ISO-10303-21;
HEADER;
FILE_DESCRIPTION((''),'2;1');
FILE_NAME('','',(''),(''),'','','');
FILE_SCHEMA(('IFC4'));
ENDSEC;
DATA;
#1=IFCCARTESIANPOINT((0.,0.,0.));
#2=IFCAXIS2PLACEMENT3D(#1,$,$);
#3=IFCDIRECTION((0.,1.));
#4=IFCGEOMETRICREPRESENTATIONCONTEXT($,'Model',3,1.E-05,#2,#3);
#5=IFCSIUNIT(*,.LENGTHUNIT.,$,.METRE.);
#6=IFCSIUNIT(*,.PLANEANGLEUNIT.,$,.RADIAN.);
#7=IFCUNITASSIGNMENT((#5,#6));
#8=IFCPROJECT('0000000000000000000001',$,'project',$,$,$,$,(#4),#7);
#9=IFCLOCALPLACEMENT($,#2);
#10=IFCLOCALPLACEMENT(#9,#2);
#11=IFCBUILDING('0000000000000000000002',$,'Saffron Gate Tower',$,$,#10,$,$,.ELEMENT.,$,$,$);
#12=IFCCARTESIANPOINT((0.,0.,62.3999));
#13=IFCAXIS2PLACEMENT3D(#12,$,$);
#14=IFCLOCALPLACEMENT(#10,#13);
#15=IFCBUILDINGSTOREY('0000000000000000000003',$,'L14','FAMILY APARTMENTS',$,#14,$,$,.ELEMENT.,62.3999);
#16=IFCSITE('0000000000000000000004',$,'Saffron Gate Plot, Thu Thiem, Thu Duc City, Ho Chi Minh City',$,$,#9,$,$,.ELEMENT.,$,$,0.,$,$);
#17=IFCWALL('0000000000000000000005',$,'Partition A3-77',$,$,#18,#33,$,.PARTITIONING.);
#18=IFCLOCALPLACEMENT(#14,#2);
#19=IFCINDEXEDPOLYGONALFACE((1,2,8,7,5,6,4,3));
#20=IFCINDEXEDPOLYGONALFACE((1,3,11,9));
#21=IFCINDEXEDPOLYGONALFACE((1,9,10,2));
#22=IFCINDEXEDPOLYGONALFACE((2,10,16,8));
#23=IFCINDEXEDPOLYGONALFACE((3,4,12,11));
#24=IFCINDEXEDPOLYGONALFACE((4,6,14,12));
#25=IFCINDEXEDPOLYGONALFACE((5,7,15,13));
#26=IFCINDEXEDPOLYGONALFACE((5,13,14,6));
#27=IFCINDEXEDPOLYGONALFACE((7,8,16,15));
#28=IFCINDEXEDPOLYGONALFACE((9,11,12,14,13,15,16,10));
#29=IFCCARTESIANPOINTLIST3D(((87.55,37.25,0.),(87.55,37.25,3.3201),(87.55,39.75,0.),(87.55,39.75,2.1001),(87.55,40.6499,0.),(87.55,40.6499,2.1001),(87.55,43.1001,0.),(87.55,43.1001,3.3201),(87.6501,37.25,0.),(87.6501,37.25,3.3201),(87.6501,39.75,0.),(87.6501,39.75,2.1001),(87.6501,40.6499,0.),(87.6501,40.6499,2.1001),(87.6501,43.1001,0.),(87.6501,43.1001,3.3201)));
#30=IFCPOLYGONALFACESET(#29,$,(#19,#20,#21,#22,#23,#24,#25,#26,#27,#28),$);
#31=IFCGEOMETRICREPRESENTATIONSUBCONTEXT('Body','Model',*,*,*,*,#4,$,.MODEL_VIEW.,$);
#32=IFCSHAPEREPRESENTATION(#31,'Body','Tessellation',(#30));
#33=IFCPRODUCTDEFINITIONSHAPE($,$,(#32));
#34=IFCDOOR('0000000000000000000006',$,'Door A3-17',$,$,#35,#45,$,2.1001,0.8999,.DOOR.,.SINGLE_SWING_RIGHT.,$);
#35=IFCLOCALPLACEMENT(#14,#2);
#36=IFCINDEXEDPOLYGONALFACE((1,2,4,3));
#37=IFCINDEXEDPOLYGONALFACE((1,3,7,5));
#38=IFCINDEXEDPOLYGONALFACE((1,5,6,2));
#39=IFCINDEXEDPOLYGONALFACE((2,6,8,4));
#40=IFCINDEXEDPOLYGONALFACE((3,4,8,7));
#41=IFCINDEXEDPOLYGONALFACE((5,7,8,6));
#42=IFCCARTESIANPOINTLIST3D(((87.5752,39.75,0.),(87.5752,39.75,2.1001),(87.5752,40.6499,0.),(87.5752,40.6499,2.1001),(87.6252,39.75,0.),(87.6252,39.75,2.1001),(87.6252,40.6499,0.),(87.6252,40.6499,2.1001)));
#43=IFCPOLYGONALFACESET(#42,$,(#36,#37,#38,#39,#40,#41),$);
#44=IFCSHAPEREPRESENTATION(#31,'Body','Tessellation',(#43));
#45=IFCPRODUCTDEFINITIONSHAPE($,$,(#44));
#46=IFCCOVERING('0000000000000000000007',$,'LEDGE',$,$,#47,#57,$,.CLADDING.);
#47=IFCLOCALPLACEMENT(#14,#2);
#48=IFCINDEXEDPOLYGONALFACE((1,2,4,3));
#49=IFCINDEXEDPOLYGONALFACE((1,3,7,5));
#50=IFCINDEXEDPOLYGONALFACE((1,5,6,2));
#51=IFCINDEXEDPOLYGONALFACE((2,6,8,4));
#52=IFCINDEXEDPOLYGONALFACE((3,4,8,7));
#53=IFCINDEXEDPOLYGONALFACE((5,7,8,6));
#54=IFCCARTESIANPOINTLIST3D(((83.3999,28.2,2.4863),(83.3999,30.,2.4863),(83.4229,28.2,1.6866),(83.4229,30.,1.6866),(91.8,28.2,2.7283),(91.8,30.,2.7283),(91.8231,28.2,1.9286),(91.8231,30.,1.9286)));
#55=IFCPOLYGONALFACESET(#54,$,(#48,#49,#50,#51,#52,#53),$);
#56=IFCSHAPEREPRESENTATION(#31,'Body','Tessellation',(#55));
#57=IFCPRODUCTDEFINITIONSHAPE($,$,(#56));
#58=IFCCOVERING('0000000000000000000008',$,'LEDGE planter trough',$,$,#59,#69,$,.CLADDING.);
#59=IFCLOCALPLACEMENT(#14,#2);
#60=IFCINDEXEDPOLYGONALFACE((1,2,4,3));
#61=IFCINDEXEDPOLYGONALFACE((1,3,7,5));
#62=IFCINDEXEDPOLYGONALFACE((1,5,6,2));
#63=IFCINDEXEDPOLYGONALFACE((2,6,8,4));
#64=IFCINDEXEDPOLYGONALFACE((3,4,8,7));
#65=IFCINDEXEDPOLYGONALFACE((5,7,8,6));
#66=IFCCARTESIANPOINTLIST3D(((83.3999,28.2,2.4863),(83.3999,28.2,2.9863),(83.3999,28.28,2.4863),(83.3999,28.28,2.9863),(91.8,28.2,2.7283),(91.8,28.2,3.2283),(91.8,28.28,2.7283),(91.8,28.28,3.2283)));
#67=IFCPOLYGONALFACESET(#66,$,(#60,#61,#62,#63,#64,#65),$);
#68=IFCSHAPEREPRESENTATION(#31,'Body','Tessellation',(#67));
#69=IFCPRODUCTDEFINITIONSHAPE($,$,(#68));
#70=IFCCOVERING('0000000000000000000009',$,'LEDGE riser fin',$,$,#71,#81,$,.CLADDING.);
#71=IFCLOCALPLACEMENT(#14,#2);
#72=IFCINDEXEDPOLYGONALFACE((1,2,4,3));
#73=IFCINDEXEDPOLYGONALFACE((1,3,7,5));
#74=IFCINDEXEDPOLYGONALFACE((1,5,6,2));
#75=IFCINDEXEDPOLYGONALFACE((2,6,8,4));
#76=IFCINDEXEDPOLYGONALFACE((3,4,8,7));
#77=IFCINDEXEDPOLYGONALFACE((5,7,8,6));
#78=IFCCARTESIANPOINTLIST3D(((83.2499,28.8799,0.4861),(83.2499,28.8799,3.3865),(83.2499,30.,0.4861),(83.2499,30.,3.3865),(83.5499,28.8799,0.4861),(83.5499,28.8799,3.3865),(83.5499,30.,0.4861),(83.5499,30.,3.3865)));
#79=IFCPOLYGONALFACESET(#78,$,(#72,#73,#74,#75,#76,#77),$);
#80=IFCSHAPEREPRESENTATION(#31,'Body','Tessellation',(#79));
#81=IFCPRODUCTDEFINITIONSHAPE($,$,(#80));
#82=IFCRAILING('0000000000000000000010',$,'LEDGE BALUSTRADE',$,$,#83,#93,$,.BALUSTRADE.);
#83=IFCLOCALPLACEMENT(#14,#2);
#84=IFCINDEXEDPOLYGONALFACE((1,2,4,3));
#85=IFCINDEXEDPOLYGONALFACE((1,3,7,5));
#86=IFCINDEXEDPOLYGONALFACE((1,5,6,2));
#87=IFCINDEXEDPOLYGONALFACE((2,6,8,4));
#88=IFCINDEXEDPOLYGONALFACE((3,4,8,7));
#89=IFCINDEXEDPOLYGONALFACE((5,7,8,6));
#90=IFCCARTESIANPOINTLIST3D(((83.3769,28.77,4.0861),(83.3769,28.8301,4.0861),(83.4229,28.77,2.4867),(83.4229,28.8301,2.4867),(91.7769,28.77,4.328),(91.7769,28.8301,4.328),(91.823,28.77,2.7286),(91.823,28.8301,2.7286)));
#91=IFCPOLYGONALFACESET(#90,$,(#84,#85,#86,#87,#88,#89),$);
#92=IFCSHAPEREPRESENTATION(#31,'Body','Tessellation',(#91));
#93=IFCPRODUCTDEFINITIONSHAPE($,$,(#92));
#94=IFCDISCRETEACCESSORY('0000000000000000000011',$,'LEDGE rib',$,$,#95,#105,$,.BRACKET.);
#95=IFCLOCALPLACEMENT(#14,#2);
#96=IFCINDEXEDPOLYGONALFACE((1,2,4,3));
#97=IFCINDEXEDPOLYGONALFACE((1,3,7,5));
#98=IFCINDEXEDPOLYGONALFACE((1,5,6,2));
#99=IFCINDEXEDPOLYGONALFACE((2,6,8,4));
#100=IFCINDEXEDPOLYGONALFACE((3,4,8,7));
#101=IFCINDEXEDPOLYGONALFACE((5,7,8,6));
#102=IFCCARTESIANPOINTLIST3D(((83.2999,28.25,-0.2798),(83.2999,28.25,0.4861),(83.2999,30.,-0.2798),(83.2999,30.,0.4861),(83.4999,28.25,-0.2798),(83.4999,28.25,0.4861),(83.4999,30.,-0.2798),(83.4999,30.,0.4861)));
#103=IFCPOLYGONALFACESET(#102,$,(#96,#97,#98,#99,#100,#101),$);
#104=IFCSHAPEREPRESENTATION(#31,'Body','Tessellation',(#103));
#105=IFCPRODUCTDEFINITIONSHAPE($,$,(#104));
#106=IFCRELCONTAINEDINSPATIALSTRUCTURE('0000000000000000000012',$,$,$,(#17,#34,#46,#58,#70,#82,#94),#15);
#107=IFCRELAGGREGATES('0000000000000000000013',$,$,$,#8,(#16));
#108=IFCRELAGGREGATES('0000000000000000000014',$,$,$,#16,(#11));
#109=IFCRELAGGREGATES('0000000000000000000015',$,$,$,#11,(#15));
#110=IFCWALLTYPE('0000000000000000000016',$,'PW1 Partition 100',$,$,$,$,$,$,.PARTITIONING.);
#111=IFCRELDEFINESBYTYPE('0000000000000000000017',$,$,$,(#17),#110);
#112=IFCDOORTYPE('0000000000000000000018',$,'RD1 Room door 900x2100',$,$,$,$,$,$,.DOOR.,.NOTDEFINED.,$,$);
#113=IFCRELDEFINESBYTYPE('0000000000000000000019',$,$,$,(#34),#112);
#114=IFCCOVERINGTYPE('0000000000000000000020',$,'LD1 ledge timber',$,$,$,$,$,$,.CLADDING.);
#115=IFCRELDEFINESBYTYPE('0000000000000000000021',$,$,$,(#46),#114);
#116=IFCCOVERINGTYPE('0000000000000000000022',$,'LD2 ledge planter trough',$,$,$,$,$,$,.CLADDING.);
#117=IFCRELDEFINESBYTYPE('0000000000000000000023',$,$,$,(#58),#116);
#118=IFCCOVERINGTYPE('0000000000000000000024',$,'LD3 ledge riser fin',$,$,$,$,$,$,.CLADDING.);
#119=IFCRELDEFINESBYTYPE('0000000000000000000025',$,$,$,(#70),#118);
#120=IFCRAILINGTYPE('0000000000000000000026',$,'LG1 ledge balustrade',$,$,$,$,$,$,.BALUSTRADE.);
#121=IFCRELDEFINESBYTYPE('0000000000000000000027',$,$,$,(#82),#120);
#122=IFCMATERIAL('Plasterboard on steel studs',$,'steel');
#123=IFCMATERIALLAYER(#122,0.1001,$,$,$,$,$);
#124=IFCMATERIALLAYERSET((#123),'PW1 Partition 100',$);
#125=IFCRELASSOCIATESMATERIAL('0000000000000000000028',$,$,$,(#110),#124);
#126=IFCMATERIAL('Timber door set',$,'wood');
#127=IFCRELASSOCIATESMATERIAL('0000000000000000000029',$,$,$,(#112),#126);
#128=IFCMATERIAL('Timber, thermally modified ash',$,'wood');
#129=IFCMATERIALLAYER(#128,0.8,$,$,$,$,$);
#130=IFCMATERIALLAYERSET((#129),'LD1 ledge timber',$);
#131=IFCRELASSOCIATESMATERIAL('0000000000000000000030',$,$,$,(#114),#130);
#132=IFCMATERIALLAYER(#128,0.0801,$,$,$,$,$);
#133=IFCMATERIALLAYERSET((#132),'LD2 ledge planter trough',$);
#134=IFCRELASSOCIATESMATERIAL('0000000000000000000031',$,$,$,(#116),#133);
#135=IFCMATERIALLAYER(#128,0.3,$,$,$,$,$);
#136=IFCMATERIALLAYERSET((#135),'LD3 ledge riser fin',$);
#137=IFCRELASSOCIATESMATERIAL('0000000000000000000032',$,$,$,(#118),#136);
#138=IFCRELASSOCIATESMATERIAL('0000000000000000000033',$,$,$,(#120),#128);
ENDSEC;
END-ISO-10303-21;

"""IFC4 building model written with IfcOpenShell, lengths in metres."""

from ifc_helpers import new_model, si_unit, direction, frame, frame_2d, origin, origin_2d, place, context, subcontext, project, spatial, polyline, rectangle, outline, extrude, material, layer, layer_set, type_object, element, fill, save


model = new_model("IFC4")

# Units and contexts
model_context = context("Model", 3, precision=1e-05, world=origin(), true_north=direction((0.0, 1.0)))
body_context = subcontext(model_context, "Body", "Model", "MODEL_VIEW")
ifc_project = project(units=[si_unit("LENGTHUNIT", "METRE"), si_unit("PLANEANGLEUNIT", "RADIAN")], contexts=[model_context])

# Site, building, storey
site_placement = place(None, origin())
site = spatial("IfcSite", under=ifc_project, at=site_placement, Name="Saffron Gate Plot, Thu Thiem, Thu Duc City, Ho Chi Minh City", CompositionType="ELEMENT", RefElevation=0.0)
building_placement = place(site_placement, origin())
building = spatial("IfcBuilding", under=site, at=building_placement, Name="Saffron Gate Tower", CompositionType="ELEMENT")
storey_placement = place(building_placement, frame((0.0, 0.0, 62.3999)))
storey = spatial("IfcBuildingStorey", under=building, at=storey_placement, Name="L14", Description="FAMILY APARTMENTS", CompositionType="ELEMENT", Elevation=62.3999)

# Shared definitions
ifc_material_1 = material(Name="Plasterboard on steel studs", Category="steel")
ifc_layer_1 = layer(ifc_material_1, 0.1001)
ifc_layer_set_1 = layer_set([ifc_layer_1], Name="PW1 Partition 100")
wall_type = type_object("IfcWallType", Name="PW1 Partition 100", PredefinedType="PARTITIONING", material=ifc_layer_set_1)
ifc_material_2 = material(Name="Timber door set", Category="wood")
door_type_1 = type_object("IfcDoorType", Name="RD1 Room door 900x2100", OperationType="NOTDEFINED", PredefinedType="DOOR", material=ifc_material_2)

# Wall, opening, door
wall_1_placement = place(storey_placement, frame((87.6001, 37.25, 0.0), z_axis=(0.0, 0.0, 1.0), x_axis=(0.0, 1.0, 0.0)))
wall_1 = element("IfcWall", 1, at=wall_1_placement, inside=storey, type_object=wall_type, Name="Partition A3-77", PredefinedType="PARTITIONING", context=body_context, shape_type="SweptSolid", body=[
    extrude(rectangle(XDim=5.8501, YDim=0.1001, at=frame_2d((2.925, 0.0))), origin(), (0.0, 0.0, 1.0), 3.3201),
])
opening_1_placement = place(wall_1_placement, frame((2.5, 0.0, 0.0)))
opening_1 = element("IfcOpeningElement", 2, at=opening_1_placement, cuts=wall_1, PredefinedType="OPENING", context=body_context, shape_type="SweptSolid", body=[
    extrude(rectangle(XDim=0.8999, YDim=2.1001, at=frame_2d((0.45, 1.05))), frame((0.0, 0.0601, 0.0), z_axis=(0.0, -1.0, 0.0), x_axis=(1.0, 0.0, 0.0)), (0.0, 0.0, 1.0), 0.1201),
])
door_1_placement = place(opening_1_placement, origin())
door_1 = element("IfcDoor", 3, at=door_1_placement, inside=storey, type_object=door_type_1, Name="Door A3-17", OperationType="SINGLE_SWING_RIGHT", OverallHeight=2.1001, OverallWidth=0.8999, PredefinedType="DOOR", context=body_context, shape_type="SweptSolid", body=[
    extrude(rectangle(XDim=0.8999, YDim=2.1001, at=frame_2d((0.45, 1.05))), frame((0.0, 0.0249, 0.0), z_axis=(0.0, -1.0, 0.0), x_axis=(1.0, 0.0, 0.0)), (0.0, 0.0, 1.0), 0.05),
])
fill(opening_1, door_1)

# Coverings
ifc_material_3 = material(Name="Timber, thermally modified ash", Category="wood")
ifc_layer_2 = layer(ifc_material_3, 0.8)
ifc_layer_set_2 = layer_set([ifc_layer_2], Name="LD1 ledge timber")
covering_type_1 = type_object("IfcCoveringType", Name="LD1 ledge timber", PredefinedType="CLADDING", material=ifc_layer_set_2)
covering_1_placement = place(storey_placement, frame((83.3999, 30.0, 2.4863), z_axis=(-0.02879, 0.0, 0.999585), x_axis=(0.999585, 0.0, 0.02879)))
element("IfcCovering", 4, at=covering_1_placement, inside=storey, type_object=covering_type_1, Name="LEDGE", PredefinedType="CLADDING", context=body_context, shape_type="SweptSolid", body=[
    extrude(outline(polyline([(0.0, 0.0), (8.4036, 0.0), (8.4036, -1.8), (0.0, -1.8), (0.0, 0.0)])), origin(), (0.0, 0.0, -1.0), 0.8),
])
ifc_layer_3 = layer(ifc_material_3, 0.0801)
ifc_layer_set_3 = layer_set([ifc_layer_3], Name="LD2 ledge planter trough")
covering_type_2 = type_object("IfcCoveringType", Name="LD2 ledge planter trough", PredefinedType="CLADDING", material=ifc_layer_set_3)
covering_2_placement = place(storey_placement, frame((83.3999, 28.2, 2.4863), z_axis=(0.0, -1.0, 0.0), x_axis=(0.999585, 0.0, 0.02879)))
element("IfcCovering", 5, at=covering_2_placement, inside=storey, type_object=covering_type_2, Name="LEDGE planter trough", PredefinedType="CLADDING", context=body_context, shape_type="SweptSolid", body=[
    extrude(outline(polyline([(0.0, 0.0), (8.4036, 0.0), (8.418, 0.4998), (0.0144, 0.4998), (0.0, 0.0)])), origin(), (0.0, 0.0, -1.0), 0.0801),
])
ifc_layer_4 = layer(ifc_material_3, 0.3)
ifc_layer_set_4 = layer_set([ifc_layer_4], Name="LD3 ledge riser fin")
covering_type_3 = type_object("IfcCoveringType", Name="LD3 ledge riser fin", PredefinedType="CLADDING", material=ifc_layer_set_4)
covering_3_placement = place(storey_placement, frame((83.3999, 29.4399, 0.4861), z_axis=(0.0, 0.0, 1.0), x_axis=(1.0, 0.0, 0.0)))
element("IfcCovering", 6, at=covering_3_placement, inside=storey, type_object=covering_type_3, Name="LEDGE riser fin", PredefinedType="CLADDING", context=body_context, shape_type="SweptSolid", body=[
    extrude(rectangle(XDim=0.3, YDim=1.1201, at=origin_2d()), origin(), (0.0, 0.0, 1.0), 2.9004),
])

# Railing
railing_type = type_object("IfcRailingType", Name="LG1 ledge balustrade", PredefinedType="BALUSTRADE", material=ifc_material_3)
railing_placement = place(storey_placement, frame((83.3999, 28.8, 2.4863)))
element("IfcRailing", 7, at=railing_placement, inside=storey, type_object=railing_type, Name="LEDGE BALUSTRADE", PredefinedType="BALUSTRADE", context=body_context, shape_type="SweptSolid", body=[
    extrude(rectangle(XDim=0.0601, YDim=1.6001, at=origin_2d()), frame((0.0, 0.0, 0.8), z_axis=(0.999585, 0.0, 0.02879), x_axis=(0.0, 1.0, 0.0)), (0.0, 0.0, 1.0), 8.4036),
])

# Discrete accessory
discrete_accessory_placement = place(storey_placement, frame((83.3999, 29.125, -0.2798), z_axis=(0.0, 0.0, 1.0), x_axis=(1.0, 0.0, 0.0)))
element("IfcDiscreteAccessory", 8, at=discrete_accessory_placement, inside=storey, Name="LEDGE rib", PredefinedType="BRACKET", context=body_context, shape_type="SweptSolid", body=[
    extrude(rectangle(XDim=0.2, YDim=1.75, at=origin_2d()), origin(), (0.0, 0.0, 1.0), 0.7659),
])

save(model, "model.ifc")
